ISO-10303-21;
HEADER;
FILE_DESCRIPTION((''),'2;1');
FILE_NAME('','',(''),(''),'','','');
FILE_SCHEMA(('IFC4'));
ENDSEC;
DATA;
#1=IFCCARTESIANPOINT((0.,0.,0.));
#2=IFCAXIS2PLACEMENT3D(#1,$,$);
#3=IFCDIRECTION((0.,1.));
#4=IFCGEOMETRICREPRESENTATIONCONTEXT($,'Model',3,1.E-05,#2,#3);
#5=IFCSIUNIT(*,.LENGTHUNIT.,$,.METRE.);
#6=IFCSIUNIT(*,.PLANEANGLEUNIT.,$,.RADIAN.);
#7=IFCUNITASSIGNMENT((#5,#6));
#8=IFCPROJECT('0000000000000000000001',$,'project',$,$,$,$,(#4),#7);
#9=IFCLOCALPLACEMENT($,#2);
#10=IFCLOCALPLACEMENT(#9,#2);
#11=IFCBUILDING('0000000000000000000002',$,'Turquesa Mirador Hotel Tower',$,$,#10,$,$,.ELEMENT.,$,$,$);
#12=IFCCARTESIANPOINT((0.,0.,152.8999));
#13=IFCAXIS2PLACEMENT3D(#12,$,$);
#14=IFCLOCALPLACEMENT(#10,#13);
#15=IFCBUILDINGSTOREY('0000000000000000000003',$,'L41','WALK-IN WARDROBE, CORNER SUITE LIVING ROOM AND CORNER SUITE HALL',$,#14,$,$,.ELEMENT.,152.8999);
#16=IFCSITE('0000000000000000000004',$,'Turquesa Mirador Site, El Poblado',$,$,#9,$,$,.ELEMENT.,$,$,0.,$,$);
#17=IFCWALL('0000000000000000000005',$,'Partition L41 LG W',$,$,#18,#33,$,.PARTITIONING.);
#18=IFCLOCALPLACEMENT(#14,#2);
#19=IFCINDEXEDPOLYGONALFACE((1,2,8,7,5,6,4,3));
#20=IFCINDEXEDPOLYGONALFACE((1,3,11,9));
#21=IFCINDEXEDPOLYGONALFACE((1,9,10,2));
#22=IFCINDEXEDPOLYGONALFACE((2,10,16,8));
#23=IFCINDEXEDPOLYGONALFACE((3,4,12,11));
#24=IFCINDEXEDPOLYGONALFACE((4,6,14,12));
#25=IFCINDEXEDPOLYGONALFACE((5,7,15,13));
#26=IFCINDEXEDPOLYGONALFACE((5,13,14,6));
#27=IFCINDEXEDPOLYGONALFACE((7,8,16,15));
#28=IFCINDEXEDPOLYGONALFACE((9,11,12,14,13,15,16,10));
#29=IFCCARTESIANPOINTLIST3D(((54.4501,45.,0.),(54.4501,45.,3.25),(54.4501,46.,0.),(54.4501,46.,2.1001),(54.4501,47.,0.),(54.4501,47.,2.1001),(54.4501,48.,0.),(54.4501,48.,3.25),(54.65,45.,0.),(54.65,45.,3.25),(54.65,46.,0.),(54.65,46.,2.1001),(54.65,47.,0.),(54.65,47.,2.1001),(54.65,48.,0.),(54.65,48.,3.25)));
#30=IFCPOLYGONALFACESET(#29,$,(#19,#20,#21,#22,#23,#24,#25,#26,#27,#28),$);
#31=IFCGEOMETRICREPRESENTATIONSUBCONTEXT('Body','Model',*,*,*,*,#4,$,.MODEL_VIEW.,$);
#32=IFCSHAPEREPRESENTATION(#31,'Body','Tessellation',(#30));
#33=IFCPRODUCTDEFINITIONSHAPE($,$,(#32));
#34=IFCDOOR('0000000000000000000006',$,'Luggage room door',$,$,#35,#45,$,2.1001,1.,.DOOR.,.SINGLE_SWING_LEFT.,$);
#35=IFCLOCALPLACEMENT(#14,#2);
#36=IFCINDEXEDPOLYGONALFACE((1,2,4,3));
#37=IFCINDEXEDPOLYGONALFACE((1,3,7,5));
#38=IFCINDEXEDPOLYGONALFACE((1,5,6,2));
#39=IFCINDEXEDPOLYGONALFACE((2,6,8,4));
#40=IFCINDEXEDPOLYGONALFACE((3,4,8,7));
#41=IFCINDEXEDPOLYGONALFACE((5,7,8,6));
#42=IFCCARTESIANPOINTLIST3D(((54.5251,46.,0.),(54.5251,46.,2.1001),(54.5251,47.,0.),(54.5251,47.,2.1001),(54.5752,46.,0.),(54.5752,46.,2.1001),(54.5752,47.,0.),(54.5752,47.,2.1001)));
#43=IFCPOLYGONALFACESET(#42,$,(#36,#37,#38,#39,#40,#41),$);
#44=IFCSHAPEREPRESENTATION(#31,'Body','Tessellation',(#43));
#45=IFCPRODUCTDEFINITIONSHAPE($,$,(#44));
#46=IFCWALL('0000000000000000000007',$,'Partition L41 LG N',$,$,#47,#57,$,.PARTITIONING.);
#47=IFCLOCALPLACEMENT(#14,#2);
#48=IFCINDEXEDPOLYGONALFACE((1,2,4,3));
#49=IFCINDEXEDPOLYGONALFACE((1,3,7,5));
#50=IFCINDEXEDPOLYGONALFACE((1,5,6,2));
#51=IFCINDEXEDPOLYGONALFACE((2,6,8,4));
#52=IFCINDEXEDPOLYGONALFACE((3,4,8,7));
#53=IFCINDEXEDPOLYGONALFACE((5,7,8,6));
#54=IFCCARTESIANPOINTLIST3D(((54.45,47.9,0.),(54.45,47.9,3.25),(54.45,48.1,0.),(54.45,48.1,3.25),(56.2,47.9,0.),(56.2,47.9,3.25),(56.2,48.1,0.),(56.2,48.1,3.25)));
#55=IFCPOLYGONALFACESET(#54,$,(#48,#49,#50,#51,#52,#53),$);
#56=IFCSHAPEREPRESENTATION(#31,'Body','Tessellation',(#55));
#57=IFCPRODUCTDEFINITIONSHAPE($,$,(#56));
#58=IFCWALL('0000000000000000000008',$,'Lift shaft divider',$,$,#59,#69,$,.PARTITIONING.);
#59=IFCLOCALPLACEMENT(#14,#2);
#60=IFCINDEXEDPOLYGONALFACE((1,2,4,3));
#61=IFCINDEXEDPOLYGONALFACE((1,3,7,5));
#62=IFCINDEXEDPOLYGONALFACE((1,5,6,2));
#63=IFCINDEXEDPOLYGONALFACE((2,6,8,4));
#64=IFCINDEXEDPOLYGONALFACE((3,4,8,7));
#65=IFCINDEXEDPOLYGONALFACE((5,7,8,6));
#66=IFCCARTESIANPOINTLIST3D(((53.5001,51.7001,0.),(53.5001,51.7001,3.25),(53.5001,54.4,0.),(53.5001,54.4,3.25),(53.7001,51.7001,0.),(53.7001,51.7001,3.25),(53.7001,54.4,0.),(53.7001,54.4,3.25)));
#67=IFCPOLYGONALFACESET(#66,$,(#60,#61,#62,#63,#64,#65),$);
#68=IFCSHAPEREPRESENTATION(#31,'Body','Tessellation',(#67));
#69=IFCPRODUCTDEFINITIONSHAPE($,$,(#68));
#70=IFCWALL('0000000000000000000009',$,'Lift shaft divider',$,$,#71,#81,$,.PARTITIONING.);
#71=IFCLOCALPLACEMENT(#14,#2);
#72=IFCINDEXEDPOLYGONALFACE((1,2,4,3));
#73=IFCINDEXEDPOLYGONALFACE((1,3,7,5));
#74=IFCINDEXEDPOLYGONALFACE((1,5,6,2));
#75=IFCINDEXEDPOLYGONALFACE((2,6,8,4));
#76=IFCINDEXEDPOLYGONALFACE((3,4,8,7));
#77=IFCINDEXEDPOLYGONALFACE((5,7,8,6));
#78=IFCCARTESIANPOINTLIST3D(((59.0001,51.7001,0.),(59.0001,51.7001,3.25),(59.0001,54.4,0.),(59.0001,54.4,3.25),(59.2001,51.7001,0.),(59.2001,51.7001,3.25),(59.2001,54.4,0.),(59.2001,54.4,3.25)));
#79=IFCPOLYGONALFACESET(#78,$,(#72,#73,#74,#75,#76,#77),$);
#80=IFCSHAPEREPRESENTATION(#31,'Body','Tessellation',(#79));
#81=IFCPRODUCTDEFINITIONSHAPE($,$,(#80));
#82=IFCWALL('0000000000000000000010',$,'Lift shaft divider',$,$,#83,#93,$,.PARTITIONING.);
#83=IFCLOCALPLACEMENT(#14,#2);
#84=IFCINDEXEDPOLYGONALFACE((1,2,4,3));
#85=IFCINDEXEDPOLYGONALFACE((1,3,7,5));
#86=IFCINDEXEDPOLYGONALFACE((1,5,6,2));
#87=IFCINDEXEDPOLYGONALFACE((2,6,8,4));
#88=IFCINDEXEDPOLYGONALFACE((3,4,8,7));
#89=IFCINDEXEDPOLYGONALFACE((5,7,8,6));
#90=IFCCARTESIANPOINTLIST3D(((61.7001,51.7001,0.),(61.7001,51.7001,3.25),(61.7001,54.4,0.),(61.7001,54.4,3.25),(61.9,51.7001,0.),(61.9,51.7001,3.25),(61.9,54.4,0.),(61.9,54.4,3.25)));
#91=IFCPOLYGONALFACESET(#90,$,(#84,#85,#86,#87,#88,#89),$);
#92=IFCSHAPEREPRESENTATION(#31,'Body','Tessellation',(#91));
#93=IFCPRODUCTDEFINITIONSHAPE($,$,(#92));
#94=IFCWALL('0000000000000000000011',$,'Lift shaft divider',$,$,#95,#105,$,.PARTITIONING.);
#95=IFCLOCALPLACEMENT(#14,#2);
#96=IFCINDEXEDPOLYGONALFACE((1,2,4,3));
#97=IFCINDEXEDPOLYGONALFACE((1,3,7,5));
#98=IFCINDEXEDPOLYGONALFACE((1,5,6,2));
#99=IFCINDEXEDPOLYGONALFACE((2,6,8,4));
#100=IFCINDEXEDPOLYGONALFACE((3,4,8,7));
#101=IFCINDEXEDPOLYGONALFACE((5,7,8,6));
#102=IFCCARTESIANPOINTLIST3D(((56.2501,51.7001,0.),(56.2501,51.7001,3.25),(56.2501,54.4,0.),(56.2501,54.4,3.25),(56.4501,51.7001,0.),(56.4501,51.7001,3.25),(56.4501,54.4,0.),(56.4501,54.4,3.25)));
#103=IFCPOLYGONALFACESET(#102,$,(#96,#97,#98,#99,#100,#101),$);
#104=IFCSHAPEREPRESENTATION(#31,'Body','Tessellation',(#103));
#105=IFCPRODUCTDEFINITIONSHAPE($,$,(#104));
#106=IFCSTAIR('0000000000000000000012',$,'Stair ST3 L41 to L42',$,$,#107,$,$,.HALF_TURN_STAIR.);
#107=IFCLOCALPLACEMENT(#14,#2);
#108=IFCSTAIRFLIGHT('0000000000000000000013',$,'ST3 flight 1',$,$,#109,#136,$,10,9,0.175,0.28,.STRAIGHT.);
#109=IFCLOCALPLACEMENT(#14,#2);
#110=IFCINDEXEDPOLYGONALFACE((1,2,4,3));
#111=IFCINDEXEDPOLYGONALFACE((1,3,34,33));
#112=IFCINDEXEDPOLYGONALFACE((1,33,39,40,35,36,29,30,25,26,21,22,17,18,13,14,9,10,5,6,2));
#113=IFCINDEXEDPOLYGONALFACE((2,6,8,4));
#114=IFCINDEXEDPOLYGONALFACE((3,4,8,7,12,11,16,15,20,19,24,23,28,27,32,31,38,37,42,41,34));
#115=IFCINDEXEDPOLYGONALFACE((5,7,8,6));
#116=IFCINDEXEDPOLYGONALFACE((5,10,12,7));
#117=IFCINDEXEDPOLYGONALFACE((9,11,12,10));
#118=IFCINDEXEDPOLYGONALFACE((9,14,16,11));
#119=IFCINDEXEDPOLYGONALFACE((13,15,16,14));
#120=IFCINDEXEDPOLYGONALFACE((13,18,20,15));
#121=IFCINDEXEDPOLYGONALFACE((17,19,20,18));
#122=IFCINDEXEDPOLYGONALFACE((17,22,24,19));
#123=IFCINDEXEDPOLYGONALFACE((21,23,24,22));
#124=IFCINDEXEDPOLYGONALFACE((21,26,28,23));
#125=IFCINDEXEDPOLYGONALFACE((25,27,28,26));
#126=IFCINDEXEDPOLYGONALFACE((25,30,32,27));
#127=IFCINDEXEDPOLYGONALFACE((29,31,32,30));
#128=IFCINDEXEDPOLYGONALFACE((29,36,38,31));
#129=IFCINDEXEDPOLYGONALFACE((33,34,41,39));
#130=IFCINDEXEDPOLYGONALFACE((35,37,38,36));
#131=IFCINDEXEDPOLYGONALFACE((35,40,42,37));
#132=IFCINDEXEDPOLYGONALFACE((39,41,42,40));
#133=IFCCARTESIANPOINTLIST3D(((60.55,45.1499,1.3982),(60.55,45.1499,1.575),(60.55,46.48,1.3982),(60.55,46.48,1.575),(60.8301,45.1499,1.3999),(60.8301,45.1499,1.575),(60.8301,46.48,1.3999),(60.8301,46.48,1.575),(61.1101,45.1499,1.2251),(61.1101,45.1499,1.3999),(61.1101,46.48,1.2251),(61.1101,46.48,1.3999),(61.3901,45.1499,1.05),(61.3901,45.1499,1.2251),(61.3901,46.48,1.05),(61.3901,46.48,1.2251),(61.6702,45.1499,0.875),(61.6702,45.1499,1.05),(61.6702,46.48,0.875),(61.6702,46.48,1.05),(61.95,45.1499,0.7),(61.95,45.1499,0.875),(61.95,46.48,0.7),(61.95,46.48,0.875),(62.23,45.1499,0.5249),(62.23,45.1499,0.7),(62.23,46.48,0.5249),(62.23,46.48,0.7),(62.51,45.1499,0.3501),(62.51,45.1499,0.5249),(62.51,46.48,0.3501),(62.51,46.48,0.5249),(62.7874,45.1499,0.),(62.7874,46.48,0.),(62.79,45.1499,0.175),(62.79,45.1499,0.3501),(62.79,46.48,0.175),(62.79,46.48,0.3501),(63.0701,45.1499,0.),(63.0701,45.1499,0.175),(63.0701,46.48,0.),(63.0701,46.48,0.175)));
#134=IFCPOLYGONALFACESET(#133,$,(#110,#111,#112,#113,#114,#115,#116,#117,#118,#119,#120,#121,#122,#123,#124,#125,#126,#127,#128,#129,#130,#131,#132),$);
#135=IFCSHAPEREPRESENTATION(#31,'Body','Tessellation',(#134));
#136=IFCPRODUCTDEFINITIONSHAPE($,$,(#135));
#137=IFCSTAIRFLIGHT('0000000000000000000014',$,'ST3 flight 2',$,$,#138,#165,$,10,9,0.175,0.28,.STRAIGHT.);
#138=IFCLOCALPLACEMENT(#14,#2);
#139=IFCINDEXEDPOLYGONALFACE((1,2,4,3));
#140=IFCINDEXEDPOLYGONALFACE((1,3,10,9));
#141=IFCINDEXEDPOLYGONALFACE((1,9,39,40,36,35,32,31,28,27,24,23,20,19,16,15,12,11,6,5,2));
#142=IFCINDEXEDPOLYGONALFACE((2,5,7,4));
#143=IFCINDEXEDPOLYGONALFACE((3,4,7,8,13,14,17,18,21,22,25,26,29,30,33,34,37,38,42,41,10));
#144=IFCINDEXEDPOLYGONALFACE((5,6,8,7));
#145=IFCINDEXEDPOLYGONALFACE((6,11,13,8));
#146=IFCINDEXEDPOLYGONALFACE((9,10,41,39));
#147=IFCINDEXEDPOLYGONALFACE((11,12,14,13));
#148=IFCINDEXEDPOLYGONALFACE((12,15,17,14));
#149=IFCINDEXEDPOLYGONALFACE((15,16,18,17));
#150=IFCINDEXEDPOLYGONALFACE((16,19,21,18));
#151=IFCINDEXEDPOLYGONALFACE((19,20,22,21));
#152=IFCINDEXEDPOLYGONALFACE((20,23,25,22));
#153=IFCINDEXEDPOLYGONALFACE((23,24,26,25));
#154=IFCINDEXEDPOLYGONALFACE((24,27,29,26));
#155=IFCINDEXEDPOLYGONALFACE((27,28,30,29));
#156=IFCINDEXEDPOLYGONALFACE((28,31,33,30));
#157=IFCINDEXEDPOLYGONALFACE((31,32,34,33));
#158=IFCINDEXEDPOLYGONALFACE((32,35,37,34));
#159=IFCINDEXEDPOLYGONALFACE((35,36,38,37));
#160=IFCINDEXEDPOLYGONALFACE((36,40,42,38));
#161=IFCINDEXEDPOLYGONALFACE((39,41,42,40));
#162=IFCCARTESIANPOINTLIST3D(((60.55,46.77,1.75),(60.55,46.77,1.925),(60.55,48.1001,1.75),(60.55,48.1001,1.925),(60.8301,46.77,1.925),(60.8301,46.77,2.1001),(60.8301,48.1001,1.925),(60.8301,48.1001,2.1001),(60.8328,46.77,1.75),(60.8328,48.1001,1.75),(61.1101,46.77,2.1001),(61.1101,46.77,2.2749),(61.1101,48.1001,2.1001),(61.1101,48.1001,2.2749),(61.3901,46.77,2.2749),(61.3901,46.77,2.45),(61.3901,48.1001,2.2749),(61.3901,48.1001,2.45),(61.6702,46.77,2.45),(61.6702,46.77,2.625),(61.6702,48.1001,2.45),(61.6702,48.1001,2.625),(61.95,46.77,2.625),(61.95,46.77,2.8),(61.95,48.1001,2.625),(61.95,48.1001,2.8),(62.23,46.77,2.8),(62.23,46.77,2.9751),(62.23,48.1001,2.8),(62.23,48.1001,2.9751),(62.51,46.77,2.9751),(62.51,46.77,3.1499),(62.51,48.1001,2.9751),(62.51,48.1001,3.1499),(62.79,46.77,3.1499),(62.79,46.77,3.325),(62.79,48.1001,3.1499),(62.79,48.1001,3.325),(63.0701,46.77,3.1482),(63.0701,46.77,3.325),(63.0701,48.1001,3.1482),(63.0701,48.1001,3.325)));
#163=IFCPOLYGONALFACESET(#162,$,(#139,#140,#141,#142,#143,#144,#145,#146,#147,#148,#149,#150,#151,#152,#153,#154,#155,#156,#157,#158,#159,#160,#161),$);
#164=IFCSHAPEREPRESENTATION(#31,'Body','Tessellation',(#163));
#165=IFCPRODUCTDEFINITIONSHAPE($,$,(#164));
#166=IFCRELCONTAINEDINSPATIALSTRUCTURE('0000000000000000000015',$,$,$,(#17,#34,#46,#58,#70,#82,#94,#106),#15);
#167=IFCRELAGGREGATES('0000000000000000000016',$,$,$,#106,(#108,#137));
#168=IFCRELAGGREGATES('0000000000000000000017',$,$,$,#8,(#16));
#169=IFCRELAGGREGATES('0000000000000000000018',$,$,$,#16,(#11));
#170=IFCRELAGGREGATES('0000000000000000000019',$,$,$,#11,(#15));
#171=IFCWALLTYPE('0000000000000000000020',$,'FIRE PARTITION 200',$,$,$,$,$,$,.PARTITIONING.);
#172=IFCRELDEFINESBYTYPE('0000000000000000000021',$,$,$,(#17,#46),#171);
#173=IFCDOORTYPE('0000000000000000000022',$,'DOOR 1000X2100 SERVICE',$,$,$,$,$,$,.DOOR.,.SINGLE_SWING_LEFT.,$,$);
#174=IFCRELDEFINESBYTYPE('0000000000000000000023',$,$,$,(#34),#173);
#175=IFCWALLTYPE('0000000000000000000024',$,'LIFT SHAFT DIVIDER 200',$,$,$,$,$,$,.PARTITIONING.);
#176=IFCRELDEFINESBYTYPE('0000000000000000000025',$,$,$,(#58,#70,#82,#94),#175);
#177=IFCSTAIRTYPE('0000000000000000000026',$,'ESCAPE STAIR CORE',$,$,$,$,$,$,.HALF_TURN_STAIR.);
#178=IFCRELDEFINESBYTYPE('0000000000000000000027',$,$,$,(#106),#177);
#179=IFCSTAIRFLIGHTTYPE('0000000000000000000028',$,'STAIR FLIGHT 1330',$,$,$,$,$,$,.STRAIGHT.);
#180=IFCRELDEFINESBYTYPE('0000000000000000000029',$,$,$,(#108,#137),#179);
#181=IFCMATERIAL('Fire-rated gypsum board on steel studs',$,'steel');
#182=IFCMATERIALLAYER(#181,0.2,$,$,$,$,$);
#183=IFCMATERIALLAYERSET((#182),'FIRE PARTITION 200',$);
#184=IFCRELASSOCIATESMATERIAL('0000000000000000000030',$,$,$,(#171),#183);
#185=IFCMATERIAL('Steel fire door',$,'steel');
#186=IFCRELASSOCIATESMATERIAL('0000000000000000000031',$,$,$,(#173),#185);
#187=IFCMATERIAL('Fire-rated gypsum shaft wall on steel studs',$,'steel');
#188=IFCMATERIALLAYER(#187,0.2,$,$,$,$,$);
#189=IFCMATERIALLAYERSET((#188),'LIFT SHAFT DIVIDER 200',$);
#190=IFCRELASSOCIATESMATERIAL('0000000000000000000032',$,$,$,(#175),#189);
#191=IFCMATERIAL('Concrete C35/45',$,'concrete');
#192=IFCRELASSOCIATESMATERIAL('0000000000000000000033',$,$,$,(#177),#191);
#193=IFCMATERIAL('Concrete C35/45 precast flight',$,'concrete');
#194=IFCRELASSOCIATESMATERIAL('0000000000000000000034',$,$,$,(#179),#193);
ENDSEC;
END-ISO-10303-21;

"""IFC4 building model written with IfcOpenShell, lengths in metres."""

from ifc_helpers import new_model, si_unit, direction, frame, frame_2d, origin, place, context, subcontext, project, spatial, polyline, rectangle, outline, extrude, material, layer, layer_set, type_object, element, fill, aggregate, save


model = new_model("IFC4")

# Units and contexts
model_context = context("Model", 3, precision=1e-05, world=origin(), true_north=direction((0.0, 1.0)))
body_context = subcontext(model_context, "Body", "Model", "MODEL_VIEW")
ifc_project = project(units=[si_unit("LENGTHUNIT", "METRE"), si_unit("PLANEANGLEUNIT", "RADIAN")], contexts=[model_context])

# Site, building, storey
site_placement = place(None, origin())
site = spatial("IfcSite", under=ifc_project, at=site_placement, Name="Turquesa Mirador Site, El Poblado", CompositionType="ELEMENT", RefElevation=0.0)
building_placement = place(site_placement, origin())
building = spatial("IfcBuilding", under=site, at=building_placement, Name="Turquesa Mirador Hotel Tower", CompositionType="ELEMENT")
storey_placement = place(building_placement, frame((0.0, 0.0, 152.8999)))
storey = spatial("IfcBuildingStorey", under=building, at=storey_placement, Name="L41", Description="WALK-IN WARDROBE, CORNER SUITE LIVING ROOM AND CORNER SUITE HALL", CompositionType="ELEMENT", Elevation=152.8999)

# Wall, opening, door
ifc_material_1 = material(Name="Fire-rated gypsum board on steel studs", Category="steel")
ifc_layer_1 = layer(ifc_material_1, 0.2)
ifc_layer_set_1 = layer_set([ifc_layer_1], Name="FIRE PARTITION 200")
wall_type_1 = type_object("IfcWallType", Name="FIRE PARTITION 200", PredefinedType="PARTITIONING", material=ifc_layer_set_1)
wall_1_placement = place(storey_placement, frame((54.55, 45.0, 0.0), z_axis=(0.0, 0.0, 1.0), x_axis=(0.0, 1.0, 0.0)))
wall_1 = element("IfcWall", 1, at=wall_1_placement, inside=storey, type_object=wall_type_1, Name="Partition L41 LG W", PredefinedType="PARTITIONING", context=body_context, shape_type="SweptSolid", body=[
    extrude(rectangle(XDim=3.0, YDim=0.2, at=frame_2d((1.5, 0.0))), origin(), (0.0, 0.0, 1.0), 3.25),
])
opening_1_placement = place(wall_1_placement, frame((1.0, 0.0, 0.0)))
opening_1 = element("IfcOpeningElement", 2, at=opening_1_placement, cuts=wall_1, PredefinedType="OPENING", context=body_context, shape_type="SweptSolid", body=[
    extrude(rectangle(XDim=1.0, YDim=2.1001, at=frame_2d((0.5, 1.05))), frame((0.0, 0.1099, 0.0), z_axis=(0.0, -1.0, 0.0), x_axis=(1.0, 0.0, 0.0)), (0.0, 0.0, 1.0), 0.22),
])
ifc_material_2 = material(Name="Steel fire door", Category="steel")
door_type_1 = type_object("IfcDoorType", Name="DOOR 1000X2100 SERVICE", OperationType="SINGLE_SWING_LEFT", PredefinedType="DOOR", material=ifc_material_2)
door_1_placement = place(opening_1_placement, origin())
door_1 = element("IfcDoor", 3, at=door_1_placement, inside=storey, type_object=door_type_1, Name="Luggage room door", OperationType="SINGLE_SWING_LEFT", OverallHeight=2.1001, OverallWidth=1.0, PredefinedType="DOOR", context=body_context, shape_type="SweptSolid", body=[
    extrude(rectangle(XDim=1.0, YDim=2.1001, at=frame_2d((0.5, 1.05))), frame((0.0, 0.0249, 0.0), z_axis=(0.0, -1.0, 0.0), x_axis=(1.0, 0.0, 0.0)), (0.0, 0.0, 1.0), 0.05),
])
fill(opening_1, door_1)

# Walls
wall_2_placement = place(storey_placement, frame((54.45, 48.0, 0.0), z_axis=(0.0, 0.0, 1.0), x_axis=(1.0, 0.0, 0.0)))
element("IfcWall", 4, at=wall_2_placement, inside=storey, type_object=wall_type_1, Name="Partition L41 LG N", PredefinedType="PARTITIONING", context=body_context, shape_type="SweptSolid", body=[
    extrude(rectangle(XDim=1.75, YDim=0.2, at=frame_2d((0.875, 0.0))), origin(), (0.0, 0.0, 1.0), 3.25),
])
ifc_material_3 = material(Name="Fire-rated gypsum shaft wall on steel studs", Category="steel")
ifc_layer_2 = layer(ifc_material_3, 0.2)
ifc_layer_set_2 = layer_set([ifc_layer_2], Name="LIFT SHAFT DIVIDER 200")
wall_type_2 = type_object("IfcWallType", Name="LIFT SHAFT DIVIDER 200", PredefinedType="PARTITIONING", material=ifc_layer_set_2)
for number, where, z_axis, x_axis, name in (
    (5, (53.6001, 51.7, 0.0), (0.0, 0.0, 1.0), (0.0, 1.0, 0.0), "Lift shaft divider"),
    (6, (59.1001, 51.7, 0.0), (0.0, 0.0, 1.0), (0.0, 1.0, 0.0), "Lift shaft divider"),
    (7, (61.8, 51.7, 0.0), (0.0, 0.0, 1.0), (0.0, 1.0, 0.0), "Lift shaft divider"),
    (8, (56.3501, 51.7, 0.0), (0.0, 0.0, 1.0), (0.0, 1.0, 0.0), "Lift shaft divider"),
):
    element("IfcWall", number, at=place(storey_placement, frame(where, z_axis=z_axis, x_axis=x_axis)), inside=storey, type_object=wall_type_2, Name=name, PredefinedType="PARTITIONING", context=body_context, shape_type="SweptSolid", body=[
        extrude(rectangle(XDim=2.7, YDim=0.2, at=frame_2d((1.3501, 0.0))), origin(), (0.0, 0.0, 1.0), 3.25),
    ])

# Stair, stair flights
ifc_material_4 = material(Name="Concrete C35/45", Category="concrete")
stair_type = type_object("IfcStairType", Name="ESCAPE STAIR CORE", PredefinedType="HALF_TURN_STAIR", material=ifc_material_4)
stair_placement = place(storey_placement, origin())
stair = element("IfcStair", 9, at=stair_placement, inside=storey, type_object=stair_type, Name="Stair ST3 L41 to L42", PredefinedType="HALF_TURN_STAIR")
ifc_material_5 = material(Name="Concrete C35/45 precast flight", Category="concrete")
stair_flight_type = type_object("IfcStairFlightType", Name="STAIR FLIGHT 1330", PredefinedType="STRAIGHT", material=ifc_material_5)
stair_flight_1_placement = place(storey_placement, frame((63.0701, 45.8149, 0.0), z_axis=(0.0, 0.0, 1.0), x_axis=(-1.0, 0.0, 0.0)))
stair_flight_1 = element("IfcStairFlight", 10, at=stair_flight_1_placement, type_object=stair_flight_type, Name="ST3 flight 1", NumberOfRisers=10, NumberOfTreads=9, PredefinedType="STRAIGHT", RiserHeight=0.175, TreadLength=0.28, context=body_context, shape_type="SweptSolid", body=[
    extrude(outline(polyline([(0.0, 0.0), (0.0, 0.175), (0.28, 0.175), (0.28, 0.3501), (0.5601, 0.3501), (0.5601, 0.5249), (0.8401, 0.5249), (0.8401, 0.7), (1.1201, 0.7), (1.1201, 0.875), (1.3999, 0.875), (1.3999, 1.05), (1.6799, 1.05), (1.6799, 1.2251), (1.96, 1.2251), (1.96, 1.3999), (2.24, 1.3999), (2.24, 1.575), (2.52, 1.575), (2.52, 1.75), (2.52, 1.3982), (0.2827, 0.0), (0.0, 0.0)])), frame((0.0, 0.665, 0.0), z_axis=(0.0, -1.0, 0.0), x_axis=(1.0, 0.0, 0.0)), (0.0, 0.0, 1.0), 1.3301),
])
stair_flight_2_placement = place(storey_placement, frame((60.55, 47.4351, 1.75), z_axis=(0.0, 0.0, 1.0), x_axis=(1.0, 0.0, 0.0)))
stair_flight_2 = element("IfcStairFlight", 11, at=stair_flight_2_placement, type_object=stair_flight_type, Name="ST3 flight 2", NumberOfRisers=10, NumberOfTreads=9, PredefinedType="STRAIGHT", RiserHeight=0.175, TreadLength=0.28, context=body_context, shape_type="SweptSolid", body=[
    extrude(outline(polyline([(0.0, 0.0), (0.0, 0.175), (0.28, 0.175), (0.28, 0.3501), (0.5601, 0.3501), (0.5601, 0.5249), (0.8401, 0.5249), (0.8401, 0.7), (1.1201, 0.7), (1.1201, 0.875), (1.3999, 0.875), (1.3999, 1.05), (1.6799, 1.05), (1.6799, 1.2251), (1.96, 1.2251), (1.96, 1.3999), (2.24, 1.3999), (2.24, 1.575), (2.52, 1.575), (2.52, 1.75), (2.52, 1.3982), (0.2827, 0.0), (0.0, 0.0)])), frame((0.0, 0.665, 0.0), z_axis=(0.0, -1.0, 0.0), x_axis=(1.0, 0.0, 0.0)), (0.0, 0.0, 1.0), 1.3301),
])
aggregate(stair, [stair_flight_1, stair_flight_2])

save(model, "model.ifc")
